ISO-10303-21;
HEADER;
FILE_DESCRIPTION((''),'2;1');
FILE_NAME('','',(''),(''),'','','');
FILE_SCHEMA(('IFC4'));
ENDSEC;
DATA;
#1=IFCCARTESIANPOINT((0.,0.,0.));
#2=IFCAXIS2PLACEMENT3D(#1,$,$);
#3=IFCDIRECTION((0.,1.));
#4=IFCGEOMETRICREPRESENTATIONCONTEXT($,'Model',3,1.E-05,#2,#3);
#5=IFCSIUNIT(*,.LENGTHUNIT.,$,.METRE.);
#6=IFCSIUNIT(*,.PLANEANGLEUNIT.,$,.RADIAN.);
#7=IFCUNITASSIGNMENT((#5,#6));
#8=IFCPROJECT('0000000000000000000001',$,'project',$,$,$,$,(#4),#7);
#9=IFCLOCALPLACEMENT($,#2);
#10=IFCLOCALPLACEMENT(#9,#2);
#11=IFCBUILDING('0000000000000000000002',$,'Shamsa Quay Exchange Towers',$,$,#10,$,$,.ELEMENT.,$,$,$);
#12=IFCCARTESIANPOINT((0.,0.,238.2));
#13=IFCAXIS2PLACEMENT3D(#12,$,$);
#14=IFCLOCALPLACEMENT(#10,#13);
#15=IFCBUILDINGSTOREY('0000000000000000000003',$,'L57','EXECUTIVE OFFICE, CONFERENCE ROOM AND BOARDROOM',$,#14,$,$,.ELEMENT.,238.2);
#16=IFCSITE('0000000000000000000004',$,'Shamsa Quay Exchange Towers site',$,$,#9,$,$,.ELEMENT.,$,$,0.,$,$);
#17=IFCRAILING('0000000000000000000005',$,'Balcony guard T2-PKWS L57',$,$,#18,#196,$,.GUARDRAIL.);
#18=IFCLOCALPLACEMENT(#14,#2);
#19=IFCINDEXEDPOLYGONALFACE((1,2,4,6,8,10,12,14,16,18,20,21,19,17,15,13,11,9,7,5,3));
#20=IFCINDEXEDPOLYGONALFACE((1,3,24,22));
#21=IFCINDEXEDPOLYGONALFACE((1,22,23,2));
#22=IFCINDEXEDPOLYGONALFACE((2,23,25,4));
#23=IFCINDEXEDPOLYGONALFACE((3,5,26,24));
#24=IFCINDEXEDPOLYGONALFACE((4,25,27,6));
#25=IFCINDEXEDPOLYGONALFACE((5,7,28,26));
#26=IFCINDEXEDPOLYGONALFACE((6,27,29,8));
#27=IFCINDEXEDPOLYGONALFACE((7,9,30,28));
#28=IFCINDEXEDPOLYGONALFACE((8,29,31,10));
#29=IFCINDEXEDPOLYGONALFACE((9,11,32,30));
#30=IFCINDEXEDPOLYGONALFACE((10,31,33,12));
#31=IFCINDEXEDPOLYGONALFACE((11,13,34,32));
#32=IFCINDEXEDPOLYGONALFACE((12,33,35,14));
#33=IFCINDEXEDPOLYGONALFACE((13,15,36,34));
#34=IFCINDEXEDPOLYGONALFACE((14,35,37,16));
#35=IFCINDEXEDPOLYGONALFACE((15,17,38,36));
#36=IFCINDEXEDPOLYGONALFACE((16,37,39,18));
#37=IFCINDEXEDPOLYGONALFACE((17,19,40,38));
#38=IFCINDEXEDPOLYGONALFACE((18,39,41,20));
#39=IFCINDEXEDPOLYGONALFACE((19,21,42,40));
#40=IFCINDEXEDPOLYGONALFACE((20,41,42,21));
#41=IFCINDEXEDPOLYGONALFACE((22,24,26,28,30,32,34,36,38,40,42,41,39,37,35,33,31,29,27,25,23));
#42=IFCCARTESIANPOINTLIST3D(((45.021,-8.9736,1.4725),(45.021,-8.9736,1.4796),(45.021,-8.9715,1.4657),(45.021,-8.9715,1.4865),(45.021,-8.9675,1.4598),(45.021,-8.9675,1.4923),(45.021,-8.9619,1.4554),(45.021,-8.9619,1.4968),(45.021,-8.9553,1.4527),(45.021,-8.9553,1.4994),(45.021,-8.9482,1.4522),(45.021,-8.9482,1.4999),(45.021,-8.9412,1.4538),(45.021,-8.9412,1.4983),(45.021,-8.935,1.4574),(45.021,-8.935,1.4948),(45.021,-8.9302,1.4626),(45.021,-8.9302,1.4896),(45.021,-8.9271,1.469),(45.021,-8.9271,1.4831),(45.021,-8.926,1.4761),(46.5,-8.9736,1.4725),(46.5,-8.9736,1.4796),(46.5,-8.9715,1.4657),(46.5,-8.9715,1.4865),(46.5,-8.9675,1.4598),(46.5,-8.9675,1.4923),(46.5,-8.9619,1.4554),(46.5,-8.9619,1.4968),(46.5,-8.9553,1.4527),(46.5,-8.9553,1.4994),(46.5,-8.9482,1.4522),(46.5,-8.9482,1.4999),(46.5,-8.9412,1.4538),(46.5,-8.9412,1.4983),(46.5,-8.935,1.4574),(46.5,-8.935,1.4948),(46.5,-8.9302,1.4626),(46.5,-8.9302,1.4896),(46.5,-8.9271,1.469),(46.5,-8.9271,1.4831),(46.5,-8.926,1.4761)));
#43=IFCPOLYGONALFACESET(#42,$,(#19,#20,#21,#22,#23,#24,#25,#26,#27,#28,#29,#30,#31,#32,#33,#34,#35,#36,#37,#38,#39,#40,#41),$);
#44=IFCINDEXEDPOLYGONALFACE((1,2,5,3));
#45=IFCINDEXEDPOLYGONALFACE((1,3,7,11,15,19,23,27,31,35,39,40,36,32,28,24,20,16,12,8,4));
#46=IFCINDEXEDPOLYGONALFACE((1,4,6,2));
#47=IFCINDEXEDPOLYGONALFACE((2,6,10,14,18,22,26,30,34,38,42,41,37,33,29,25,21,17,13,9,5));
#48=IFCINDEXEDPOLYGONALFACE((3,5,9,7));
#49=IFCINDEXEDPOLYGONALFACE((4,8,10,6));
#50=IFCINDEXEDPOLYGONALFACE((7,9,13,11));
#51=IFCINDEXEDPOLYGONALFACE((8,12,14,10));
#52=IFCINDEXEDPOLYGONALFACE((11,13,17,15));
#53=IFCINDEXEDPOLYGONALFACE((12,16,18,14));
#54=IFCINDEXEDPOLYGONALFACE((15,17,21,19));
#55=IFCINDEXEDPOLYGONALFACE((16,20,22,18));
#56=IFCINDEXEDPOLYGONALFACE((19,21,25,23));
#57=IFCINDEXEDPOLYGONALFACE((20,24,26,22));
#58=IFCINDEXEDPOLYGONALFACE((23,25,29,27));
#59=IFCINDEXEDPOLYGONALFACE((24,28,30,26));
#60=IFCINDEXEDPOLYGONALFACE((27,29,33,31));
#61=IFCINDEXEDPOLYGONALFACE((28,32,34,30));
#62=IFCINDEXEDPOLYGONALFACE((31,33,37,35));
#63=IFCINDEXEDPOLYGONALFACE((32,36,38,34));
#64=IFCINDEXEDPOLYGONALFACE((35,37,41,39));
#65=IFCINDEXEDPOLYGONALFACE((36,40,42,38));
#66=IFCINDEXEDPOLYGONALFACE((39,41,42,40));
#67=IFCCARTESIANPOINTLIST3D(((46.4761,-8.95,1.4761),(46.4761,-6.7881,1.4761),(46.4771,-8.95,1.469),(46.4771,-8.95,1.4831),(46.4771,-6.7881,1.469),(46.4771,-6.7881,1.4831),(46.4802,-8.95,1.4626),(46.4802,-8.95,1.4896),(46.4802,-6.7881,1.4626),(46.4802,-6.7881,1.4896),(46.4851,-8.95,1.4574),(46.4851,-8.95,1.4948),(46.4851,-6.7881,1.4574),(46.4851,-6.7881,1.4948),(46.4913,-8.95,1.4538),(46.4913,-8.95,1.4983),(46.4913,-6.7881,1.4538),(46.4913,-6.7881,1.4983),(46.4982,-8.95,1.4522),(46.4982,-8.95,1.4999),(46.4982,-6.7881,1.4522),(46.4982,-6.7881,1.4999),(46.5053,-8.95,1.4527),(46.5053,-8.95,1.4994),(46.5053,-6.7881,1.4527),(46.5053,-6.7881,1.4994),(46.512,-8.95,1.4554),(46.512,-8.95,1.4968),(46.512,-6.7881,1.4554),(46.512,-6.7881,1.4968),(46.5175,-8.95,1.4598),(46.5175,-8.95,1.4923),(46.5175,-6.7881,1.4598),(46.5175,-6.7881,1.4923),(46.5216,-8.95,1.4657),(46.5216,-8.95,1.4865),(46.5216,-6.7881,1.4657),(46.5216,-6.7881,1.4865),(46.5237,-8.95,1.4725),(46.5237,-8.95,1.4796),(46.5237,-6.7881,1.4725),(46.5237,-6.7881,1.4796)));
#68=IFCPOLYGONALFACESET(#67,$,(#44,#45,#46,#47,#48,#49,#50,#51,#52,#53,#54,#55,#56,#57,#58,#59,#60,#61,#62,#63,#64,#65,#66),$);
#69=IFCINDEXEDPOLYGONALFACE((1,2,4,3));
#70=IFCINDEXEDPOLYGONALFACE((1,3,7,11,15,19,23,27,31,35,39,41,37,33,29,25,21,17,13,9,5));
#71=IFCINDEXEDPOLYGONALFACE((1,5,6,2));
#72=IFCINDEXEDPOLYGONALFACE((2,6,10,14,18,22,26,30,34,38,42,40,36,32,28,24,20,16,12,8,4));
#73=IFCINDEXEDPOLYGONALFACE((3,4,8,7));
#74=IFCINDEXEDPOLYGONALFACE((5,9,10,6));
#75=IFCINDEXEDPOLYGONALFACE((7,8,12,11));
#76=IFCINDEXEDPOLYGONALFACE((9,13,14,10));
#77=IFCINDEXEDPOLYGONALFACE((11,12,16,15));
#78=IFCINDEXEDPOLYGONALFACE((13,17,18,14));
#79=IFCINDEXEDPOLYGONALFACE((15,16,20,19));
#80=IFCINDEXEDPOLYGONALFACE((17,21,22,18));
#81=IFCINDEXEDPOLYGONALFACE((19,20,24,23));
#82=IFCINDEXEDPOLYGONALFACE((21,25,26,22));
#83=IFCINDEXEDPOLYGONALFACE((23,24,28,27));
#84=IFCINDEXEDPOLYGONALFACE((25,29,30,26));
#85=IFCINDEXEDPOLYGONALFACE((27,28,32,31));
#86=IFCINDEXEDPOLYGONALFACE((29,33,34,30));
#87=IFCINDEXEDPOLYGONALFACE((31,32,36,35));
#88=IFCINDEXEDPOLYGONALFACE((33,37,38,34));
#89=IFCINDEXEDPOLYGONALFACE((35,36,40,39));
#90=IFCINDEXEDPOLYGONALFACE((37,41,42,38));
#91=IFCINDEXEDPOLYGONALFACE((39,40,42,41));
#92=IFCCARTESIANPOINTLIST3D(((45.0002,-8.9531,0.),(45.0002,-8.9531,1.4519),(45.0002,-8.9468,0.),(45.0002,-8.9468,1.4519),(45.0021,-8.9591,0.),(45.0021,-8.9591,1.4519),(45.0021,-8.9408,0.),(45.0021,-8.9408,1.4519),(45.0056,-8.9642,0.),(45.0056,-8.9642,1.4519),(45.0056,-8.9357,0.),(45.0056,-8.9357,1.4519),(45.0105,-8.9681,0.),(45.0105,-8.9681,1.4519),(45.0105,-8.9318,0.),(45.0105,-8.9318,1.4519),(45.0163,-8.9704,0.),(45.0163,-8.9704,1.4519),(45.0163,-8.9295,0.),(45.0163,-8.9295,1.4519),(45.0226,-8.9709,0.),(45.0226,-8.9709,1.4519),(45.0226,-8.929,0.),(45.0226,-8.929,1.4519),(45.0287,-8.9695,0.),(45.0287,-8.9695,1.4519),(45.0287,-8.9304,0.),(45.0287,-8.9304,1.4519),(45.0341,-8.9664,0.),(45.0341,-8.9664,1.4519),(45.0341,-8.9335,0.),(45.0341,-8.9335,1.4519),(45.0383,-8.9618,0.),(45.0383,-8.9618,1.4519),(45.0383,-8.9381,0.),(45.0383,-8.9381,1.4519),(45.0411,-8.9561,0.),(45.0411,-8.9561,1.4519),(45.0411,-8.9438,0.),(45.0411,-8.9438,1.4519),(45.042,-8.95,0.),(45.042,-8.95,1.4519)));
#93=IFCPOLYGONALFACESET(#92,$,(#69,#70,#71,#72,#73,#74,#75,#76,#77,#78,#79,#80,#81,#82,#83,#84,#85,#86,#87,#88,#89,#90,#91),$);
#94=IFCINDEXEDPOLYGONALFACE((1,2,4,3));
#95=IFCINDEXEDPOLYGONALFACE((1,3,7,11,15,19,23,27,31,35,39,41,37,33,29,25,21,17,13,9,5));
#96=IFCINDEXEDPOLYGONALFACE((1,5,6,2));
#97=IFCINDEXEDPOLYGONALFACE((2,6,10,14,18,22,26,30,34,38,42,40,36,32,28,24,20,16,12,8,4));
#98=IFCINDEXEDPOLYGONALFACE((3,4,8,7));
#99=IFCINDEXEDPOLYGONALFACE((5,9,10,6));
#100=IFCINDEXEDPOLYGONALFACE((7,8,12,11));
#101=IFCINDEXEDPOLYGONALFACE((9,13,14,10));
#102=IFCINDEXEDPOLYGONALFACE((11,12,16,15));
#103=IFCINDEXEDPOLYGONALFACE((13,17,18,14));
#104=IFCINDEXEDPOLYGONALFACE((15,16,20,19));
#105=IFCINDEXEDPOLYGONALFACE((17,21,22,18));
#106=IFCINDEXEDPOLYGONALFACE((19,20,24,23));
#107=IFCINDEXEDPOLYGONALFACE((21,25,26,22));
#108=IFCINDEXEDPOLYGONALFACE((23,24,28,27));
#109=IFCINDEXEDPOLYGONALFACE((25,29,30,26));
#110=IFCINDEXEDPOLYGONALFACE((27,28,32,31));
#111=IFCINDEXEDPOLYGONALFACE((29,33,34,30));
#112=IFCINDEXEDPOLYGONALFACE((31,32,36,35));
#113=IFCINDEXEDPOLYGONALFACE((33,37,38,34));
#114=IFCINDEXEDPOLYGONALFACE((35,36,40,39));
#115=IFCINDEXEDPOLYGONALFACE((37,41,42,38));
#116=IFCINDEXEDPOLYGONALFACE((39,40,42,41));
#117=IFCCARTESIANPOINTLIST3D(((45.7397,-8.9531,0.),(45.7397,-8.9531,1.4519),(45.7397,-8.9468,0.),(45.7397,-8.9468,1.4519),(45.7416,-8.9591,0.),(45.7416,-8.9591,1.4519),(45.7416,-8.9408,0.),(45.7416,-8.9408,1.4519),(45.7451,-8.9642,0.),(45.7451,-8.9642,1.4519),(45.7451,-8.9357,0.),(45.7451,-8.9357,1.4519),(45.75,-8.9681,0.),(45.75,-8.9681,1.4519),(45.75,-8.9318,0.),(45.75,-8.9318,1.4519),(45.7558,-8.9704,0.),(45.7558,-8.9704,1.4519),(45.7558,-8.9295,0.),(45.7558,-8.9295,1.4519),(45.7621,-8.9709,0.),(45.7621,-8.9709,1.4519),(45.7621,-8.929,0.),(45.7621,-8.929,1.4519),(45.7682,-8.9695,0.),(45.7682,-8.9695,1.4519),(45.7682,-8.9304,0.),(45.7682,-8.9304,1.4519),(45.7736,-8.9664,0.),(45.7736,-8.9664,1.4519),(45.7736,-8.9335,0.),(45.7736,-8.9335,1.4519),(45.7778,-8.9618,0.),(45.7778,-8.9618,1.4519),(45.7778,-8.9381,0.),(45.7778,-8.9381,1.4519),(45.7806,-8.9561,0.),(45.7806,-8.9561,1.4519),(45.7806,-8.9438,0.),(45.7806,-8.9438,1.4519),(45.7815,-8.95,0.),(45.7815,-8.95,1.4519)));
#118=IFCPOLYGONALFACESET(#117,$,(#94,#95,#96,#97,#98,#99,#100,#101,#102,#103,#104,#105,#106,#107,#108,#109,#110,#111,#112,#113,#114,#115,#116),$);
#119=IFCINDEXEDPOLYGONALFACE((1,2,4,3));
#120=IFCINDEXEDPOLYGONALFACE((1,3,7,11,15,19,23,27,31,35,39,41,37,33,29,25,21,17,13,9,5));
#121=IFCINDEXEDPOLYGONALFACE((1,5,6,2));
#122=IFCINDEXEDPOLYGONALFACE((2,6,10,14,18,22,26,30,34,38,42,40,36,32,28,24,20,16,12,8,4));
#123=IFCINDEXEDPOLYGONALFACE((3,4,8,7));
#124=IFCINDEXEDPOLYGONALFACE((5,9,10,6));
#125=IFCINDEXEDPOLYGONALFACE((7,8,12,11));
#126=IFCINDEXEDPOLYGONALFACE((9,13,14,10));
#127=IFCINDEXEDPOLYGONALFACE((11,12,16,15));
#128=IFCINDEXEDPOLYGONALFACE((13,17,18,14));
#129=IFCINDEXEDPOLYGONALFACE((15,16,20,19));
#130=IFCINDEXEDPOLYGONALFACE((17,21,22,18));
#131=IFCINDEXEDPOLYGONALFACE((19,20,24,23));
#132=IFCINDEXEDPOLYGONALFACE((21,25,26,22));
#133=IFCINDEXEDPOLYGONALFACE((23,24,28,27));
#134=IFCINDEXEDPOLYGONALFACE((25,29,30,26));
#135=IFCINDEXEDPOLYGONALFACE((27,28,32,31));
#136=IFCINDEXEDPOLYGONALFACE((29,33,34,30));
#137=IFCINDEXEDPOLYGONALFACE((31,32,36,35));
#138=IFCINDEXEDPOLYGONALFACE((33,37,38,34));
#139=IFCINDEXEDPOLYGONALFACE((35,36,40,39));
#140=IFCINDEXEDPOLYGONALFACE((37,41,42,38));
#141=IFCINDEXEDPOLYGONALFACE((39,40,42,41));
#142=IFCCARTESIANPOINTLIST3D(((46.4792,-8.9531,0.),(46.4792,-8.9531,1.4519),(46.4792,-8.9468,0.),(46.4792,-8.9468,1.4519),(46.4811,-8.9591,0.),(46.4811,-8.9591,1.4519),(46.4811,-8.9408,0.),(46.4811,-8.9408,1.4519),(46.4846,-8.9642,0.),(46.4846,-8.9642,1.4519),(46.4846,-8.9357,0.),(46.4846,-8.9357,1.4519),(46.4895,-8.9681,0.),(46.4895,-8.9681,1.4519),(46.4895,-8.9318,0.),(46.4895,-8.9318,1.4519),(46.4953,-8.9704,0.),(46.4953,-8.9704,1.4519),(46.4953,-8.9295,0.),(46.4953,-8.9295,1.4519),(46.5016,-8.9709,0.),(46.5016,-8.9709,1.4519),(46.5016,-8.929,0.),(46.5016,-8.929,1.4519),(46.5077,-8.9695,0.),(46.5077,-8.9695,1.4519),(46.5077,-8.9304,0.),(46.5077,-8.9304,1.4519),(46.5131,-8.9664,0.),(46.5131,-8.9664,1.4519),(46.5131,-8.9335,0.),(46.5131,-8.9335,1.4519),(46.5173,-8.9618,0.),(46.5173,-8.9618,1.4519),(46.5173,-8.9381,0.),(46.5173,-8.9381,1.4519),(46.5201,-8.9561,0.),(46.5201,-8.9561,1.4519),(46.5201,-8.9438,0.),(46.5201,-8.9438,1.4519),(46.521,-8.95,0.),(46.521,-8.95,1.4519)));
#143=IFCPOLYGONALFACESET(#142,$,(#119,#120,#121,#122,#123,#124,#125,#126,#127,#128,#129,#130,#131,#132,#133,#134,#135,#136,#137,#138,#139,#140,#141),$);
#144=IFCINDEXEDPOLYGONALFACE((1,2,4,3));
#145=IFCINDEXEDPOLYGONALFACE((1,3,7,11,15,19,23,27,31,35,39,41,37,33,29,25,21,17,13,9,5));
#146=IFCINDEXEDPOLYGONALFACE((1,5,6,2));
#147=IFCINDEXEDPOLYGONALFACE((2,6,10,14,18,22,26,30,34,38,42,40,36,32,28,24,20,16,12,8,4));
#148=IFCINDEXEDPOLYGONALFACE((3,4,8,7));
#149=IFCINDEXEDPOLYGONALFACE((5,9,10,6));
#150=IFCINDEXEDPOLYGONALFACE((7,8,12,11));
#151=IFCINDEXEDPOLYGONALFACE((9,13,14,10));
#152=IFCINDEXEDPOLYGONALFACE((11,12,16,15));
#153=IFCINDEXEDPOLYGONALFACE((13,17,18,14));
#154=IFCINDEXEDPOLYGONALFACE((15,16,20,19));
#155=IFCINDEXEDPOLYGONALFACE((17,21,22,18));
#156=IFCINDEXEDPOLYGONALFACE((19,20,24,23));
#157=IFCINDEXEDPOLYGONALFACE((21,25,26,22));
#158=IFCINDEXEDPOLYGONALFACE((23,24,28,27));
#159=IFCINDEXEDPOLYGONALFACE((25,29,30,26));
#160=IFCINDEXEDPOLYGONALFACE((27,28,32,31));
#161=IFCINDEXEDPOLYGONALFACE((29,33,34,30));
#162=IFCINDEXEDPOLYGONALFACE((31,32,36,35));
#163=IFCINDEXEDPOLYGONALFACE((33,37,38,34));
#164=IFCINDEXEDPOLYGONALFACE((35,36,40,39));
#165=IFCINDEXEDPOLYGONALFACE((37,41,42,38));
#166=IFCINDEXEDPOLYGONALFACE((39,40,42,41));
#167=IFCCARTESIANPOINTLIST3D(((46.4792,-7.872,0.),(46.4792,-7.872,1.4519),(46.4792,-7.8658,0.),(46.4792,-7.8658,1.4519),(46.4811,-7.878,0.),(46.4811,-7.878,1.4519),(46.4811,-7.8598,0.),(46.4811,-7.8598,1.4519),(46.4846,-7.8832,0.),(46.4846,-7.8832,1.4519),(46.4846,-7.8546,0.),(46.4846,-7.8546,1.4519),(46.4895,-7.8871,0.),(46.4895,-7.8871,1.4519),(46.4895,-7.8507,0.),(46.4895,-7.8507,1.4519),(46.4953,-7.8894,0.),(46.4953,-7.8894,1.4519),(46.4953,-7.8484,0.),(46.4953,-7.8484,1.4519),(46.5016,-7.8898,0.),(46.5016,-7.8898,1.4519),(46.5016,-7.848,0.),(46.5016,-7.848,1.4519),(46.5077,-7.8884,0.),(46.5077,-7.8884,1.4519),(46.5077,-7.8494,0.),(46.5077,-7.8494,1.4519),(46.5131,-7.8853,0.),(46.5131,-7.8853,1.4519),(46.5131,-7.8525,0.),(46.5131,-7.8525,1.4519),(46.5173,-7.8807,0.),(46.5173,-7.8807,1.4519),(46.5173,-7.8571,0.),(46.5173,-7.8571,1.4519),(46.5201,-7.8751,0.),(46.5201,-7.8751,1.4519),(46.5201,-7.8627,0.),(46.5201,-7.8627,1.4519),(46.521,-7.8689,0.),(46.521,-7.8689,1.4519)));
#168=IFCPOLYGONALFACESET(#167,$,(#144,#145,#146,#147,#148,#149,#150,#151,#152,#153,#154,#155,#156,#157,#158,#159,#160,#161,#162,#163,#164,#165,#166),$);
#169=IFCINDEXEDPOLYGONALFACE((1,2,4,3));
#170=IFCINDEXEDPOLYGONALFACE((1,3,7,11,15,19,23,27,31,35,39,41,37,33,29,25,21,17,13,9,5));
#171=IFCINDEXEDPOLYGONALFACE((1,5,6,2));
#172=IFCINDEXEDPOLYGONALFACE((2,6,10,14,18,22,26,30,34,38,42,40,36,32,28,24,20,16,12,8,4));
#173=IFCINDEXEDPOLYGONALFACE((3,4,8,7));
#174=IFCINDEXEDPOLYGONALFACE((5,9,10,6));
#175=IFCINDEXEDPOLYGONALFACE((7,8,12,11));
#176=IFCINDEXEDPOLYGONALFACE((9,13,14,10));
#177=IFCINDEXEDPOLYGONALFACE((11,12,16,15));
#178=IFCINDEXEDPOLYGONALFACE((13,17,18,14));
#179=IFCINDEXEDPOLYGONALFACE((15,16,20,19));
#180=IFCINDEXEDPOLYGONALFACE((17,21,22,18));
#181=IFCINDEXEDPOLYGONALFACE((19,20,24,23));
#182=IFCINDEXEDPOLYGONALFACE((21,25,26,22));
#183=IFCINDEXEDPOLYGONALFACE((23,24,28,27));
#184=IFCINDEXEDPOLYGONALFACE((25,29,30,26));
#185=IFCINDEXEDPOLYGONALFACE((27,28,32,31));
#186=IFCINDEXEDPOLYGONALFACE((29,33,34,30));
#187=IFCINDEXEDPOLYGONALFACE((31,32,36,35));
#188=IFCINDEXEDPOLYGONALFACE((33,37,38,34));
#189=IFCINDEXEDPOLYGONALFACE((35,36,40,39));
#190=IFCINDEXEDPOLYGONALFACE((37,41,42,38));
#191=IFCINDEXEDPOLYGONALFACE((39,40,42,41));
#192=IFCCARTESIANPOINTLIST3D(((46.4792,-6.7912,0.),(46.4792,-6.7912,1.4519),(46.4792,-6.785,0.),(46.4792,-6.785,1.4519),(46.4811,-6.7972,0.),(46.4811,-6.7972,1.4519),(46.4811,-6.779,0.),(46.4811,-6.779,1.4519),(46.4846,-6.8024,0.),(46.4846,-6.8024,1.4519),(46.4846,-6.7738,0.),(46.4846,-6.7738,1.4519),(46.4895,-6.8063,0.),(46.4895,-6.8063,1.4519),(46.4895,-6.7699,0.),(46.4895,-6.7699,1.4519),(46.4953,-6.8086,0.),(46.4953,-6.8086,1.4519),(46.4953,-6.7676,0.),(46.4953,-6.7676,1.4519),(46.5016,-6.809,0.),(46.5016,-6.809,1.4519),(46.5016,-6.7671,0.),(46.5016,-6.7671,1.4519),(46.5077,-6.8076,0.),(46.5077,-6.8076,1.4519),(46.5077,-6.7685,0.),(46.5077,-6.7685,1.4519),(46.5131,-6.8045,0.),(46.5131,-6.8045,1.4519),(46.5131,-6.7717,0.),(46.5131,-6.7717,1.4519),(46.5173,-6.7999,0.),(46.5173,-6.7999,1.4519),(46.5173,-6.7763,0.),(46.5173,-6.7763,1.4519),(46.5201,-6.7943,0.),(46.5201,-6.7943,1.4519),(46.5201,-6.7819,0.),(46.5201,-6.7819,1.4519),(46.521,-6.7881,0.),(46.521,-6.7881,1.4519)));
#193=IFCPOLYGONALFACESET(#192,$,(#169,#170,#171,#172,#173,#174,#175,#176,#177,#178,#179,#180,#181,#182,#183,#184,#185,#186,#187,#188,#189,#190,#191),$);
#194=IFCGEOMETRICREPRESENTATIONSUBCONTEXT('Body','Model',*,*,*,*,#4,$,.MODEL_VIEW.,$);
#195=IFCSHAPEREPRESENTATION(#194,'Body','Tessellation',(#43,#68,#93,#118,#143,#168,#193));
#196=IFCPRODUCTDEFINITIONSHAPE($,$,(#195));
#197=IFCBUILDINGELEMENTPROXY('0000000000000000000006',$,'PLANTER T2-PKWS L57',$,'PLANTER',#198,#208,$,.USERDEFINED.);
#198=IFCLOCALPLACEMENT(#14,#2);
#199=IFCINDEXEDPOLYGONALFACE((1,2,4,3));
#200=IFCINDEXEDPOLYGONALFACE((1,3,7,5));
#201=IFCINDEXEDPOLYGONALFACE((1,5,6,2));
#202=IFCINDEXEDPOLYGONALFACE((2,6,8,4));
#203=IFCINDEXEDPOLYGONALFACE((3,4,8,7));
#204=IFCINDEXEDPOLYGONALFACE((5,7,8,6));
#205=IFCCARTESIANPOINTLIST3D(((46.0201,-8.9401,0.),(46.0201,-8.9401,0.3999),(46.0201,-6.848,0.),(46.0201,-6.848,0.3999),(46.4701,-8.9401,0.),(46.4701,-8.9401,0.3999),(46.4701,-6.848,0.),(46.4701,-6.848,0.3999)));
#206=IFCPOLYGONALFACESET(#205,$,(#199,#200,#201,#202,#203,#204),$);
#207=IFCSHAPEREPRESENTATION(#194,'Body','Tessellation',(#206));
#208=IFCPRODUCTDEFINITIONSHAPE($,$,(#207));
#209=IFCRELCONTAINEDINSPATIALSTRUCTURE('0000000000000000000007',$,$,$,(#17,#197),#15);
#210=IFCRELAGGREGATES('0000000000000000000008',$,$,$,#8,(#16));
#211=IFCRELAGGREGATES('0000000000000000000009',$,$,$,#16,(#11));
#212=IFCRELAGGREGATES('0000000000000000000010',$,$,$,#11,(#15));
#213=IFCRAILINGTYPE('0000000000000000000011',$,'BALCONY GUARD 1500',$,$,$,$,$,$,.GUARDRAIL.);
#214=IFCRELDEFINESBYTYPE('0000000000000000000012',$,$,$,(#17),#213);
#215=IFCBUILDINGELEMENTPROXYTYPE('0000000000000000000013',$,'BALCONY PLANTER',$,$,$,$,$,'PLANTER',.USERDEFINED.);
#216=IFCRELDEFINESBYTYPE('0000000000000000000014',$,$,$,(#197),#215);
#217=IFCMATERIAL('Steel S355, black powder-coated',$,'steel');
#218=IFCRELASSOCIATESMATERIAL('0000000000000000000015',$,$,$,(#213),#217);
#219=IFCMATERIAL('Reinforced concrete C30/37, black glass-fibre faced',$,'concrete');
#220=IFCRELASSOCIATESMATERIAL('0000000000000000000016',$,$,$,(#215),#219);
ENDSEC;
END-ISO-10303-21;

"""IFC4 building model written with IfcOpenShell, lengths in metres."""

from ifc_helpers import new_model, si_unit, direction, frame, origin, origin_2d, place, context, subcontext, project, spatial, rectangle, circle, extrude, material, type_object, element, save


model = new_model("IFC4")

# Units and contexts
model_context = context("Model", 3, precision=1e-05, world=origin(), true_north=direction((0.0, 1.0)))
body_context = subcontext(model_context, "Body", "Model", "MODEL_VIEW")
ifc_project = project(units=[si_unit("LENGTHUNIT", "METRE"), si_unit("PLANEANGLEUNIT", "RADIAN")], contexts=[model_context])

# Site, building, storey
site_placement = place(None, origin())
site = spatial("IfcSite", under=ifc_project, at=site_placement, Name="Shamsa Quay Exchange Towers site", CompositionType="ELEMENT", RefElevation=0.0)
building_placement = place(site_placement, origin())
building = spatial("IfcBuilding", under=site, at=building_placement, Name="Shamsa Quay Exchange Towers", CompositionType="ELEMENT")
storey_placement = place(building_placement, frame((0.0, 0.0, 238.2)))
storey = spatial("IfcBuildingStorey", under=building, at=storey_placement, Name="L57", Description="EXECUTIVE OFFICE, CONFERENCE ROOM AND BOARDROOM", CompositionType="ELEMENT", Elevation=238.2)

# Railing
ifc_material_1 = material(Name="Steel S355, black powder-coated", Category="steel")
railing_type_1 = type_object("IfcRailingType", Name="BALCONY GUARD 1500", PredefinedType="GUARDRAIL", material=ifc_material_1)
railing_1_placement = place(storey_placement, frame((45.021, -8.95, 0.0)))
element("IfcRailing", 1, at=railing_1_placement, inside=storey, type_object=railing_type_1, Name="Balcony guard T2-PKWS L57", PredefinedType="GUARDRAIL", context=body_context, shape_type="SweptSolid", body=[
    extrude(circle(Radius=0.0239, at=origin_2d()), frame((0.0, 0.0, 1.4761), z_axis=(1.0, 0.0, 0.0), x_axis=(0.0, 1.0, 0.0)), (0.0, 0.0, 1.0), 1.479),
    extrude(circle(Radius=0.0239, at=origin_2d()), frame((1.479, 0.0, 1.4761), z_axis=(0.0, 1.0, 0.0), x_axis=(-1.0, 0.0, 0.0)), (0.0, 0.0, 1.0), 2.1619),
    extrude(circle(Radius=0.021, at=origin_2d()), origin(), (0.0, 0.0, 1.0), 1.4519),
    extrude(circle(Radius=0.021, at=origin_2d()), frame((0.7395, 0.0, 0.0)), (0.0, 0.0, 1.0), 1.4519),
    extrude(circle(Radius=0.021, at=origin_2d()), frame((1.479, 0.0, 0.0)), (0.0, 0.0, 1.0), 1.4519),
    extrude(circle(Radius=0.021, at=origin_2d()), frame((1.479, 1.0811, 0.0)), (0.0, 0.0, 1.0), 1.4519),
    extrude(circle(Radius=0.021, at=origin_2d()), frame((1.479, 2.1619, 0.0)), (0.0, 0.0, 1.0), 1.4519),
])

# Building element proxy
ifc_material_2 = material(Name="Reinforced concrete C30/37, black glass-fibre faced", Category="concrete")
building_element_proxy_type = type_object("IfcBuildingElementProxyType", Name="BALCONY PLANTER", ElementType="PLANTER", PredefinedType="USERDEFINED", material=ifc_material_2)
proxy_placement = place(storey_placement, frame((46.2451, -7.894, 0.0), z_axis=(0.0, 0.0, 1.0), x_axis=(0.0, 1.0, 0.0)))
element("IfcBuildingElementProxy", 2, at=proxy_placement, inside=storey, type_object=building_element_proxy_type, Name="PLANTER T2-PKWS L57", ObjectType="PLANTER", PredefinedType="USERDEFINED", context=body_context, shape_type="SweptSolid", body=[
    extrude(rectangle(XDim=2.092, YDim=0.45, at=origin_2d()), origin(), (0.0, 0.0, 1.0), 0.3999),
])

save(model, "model.ifc")
